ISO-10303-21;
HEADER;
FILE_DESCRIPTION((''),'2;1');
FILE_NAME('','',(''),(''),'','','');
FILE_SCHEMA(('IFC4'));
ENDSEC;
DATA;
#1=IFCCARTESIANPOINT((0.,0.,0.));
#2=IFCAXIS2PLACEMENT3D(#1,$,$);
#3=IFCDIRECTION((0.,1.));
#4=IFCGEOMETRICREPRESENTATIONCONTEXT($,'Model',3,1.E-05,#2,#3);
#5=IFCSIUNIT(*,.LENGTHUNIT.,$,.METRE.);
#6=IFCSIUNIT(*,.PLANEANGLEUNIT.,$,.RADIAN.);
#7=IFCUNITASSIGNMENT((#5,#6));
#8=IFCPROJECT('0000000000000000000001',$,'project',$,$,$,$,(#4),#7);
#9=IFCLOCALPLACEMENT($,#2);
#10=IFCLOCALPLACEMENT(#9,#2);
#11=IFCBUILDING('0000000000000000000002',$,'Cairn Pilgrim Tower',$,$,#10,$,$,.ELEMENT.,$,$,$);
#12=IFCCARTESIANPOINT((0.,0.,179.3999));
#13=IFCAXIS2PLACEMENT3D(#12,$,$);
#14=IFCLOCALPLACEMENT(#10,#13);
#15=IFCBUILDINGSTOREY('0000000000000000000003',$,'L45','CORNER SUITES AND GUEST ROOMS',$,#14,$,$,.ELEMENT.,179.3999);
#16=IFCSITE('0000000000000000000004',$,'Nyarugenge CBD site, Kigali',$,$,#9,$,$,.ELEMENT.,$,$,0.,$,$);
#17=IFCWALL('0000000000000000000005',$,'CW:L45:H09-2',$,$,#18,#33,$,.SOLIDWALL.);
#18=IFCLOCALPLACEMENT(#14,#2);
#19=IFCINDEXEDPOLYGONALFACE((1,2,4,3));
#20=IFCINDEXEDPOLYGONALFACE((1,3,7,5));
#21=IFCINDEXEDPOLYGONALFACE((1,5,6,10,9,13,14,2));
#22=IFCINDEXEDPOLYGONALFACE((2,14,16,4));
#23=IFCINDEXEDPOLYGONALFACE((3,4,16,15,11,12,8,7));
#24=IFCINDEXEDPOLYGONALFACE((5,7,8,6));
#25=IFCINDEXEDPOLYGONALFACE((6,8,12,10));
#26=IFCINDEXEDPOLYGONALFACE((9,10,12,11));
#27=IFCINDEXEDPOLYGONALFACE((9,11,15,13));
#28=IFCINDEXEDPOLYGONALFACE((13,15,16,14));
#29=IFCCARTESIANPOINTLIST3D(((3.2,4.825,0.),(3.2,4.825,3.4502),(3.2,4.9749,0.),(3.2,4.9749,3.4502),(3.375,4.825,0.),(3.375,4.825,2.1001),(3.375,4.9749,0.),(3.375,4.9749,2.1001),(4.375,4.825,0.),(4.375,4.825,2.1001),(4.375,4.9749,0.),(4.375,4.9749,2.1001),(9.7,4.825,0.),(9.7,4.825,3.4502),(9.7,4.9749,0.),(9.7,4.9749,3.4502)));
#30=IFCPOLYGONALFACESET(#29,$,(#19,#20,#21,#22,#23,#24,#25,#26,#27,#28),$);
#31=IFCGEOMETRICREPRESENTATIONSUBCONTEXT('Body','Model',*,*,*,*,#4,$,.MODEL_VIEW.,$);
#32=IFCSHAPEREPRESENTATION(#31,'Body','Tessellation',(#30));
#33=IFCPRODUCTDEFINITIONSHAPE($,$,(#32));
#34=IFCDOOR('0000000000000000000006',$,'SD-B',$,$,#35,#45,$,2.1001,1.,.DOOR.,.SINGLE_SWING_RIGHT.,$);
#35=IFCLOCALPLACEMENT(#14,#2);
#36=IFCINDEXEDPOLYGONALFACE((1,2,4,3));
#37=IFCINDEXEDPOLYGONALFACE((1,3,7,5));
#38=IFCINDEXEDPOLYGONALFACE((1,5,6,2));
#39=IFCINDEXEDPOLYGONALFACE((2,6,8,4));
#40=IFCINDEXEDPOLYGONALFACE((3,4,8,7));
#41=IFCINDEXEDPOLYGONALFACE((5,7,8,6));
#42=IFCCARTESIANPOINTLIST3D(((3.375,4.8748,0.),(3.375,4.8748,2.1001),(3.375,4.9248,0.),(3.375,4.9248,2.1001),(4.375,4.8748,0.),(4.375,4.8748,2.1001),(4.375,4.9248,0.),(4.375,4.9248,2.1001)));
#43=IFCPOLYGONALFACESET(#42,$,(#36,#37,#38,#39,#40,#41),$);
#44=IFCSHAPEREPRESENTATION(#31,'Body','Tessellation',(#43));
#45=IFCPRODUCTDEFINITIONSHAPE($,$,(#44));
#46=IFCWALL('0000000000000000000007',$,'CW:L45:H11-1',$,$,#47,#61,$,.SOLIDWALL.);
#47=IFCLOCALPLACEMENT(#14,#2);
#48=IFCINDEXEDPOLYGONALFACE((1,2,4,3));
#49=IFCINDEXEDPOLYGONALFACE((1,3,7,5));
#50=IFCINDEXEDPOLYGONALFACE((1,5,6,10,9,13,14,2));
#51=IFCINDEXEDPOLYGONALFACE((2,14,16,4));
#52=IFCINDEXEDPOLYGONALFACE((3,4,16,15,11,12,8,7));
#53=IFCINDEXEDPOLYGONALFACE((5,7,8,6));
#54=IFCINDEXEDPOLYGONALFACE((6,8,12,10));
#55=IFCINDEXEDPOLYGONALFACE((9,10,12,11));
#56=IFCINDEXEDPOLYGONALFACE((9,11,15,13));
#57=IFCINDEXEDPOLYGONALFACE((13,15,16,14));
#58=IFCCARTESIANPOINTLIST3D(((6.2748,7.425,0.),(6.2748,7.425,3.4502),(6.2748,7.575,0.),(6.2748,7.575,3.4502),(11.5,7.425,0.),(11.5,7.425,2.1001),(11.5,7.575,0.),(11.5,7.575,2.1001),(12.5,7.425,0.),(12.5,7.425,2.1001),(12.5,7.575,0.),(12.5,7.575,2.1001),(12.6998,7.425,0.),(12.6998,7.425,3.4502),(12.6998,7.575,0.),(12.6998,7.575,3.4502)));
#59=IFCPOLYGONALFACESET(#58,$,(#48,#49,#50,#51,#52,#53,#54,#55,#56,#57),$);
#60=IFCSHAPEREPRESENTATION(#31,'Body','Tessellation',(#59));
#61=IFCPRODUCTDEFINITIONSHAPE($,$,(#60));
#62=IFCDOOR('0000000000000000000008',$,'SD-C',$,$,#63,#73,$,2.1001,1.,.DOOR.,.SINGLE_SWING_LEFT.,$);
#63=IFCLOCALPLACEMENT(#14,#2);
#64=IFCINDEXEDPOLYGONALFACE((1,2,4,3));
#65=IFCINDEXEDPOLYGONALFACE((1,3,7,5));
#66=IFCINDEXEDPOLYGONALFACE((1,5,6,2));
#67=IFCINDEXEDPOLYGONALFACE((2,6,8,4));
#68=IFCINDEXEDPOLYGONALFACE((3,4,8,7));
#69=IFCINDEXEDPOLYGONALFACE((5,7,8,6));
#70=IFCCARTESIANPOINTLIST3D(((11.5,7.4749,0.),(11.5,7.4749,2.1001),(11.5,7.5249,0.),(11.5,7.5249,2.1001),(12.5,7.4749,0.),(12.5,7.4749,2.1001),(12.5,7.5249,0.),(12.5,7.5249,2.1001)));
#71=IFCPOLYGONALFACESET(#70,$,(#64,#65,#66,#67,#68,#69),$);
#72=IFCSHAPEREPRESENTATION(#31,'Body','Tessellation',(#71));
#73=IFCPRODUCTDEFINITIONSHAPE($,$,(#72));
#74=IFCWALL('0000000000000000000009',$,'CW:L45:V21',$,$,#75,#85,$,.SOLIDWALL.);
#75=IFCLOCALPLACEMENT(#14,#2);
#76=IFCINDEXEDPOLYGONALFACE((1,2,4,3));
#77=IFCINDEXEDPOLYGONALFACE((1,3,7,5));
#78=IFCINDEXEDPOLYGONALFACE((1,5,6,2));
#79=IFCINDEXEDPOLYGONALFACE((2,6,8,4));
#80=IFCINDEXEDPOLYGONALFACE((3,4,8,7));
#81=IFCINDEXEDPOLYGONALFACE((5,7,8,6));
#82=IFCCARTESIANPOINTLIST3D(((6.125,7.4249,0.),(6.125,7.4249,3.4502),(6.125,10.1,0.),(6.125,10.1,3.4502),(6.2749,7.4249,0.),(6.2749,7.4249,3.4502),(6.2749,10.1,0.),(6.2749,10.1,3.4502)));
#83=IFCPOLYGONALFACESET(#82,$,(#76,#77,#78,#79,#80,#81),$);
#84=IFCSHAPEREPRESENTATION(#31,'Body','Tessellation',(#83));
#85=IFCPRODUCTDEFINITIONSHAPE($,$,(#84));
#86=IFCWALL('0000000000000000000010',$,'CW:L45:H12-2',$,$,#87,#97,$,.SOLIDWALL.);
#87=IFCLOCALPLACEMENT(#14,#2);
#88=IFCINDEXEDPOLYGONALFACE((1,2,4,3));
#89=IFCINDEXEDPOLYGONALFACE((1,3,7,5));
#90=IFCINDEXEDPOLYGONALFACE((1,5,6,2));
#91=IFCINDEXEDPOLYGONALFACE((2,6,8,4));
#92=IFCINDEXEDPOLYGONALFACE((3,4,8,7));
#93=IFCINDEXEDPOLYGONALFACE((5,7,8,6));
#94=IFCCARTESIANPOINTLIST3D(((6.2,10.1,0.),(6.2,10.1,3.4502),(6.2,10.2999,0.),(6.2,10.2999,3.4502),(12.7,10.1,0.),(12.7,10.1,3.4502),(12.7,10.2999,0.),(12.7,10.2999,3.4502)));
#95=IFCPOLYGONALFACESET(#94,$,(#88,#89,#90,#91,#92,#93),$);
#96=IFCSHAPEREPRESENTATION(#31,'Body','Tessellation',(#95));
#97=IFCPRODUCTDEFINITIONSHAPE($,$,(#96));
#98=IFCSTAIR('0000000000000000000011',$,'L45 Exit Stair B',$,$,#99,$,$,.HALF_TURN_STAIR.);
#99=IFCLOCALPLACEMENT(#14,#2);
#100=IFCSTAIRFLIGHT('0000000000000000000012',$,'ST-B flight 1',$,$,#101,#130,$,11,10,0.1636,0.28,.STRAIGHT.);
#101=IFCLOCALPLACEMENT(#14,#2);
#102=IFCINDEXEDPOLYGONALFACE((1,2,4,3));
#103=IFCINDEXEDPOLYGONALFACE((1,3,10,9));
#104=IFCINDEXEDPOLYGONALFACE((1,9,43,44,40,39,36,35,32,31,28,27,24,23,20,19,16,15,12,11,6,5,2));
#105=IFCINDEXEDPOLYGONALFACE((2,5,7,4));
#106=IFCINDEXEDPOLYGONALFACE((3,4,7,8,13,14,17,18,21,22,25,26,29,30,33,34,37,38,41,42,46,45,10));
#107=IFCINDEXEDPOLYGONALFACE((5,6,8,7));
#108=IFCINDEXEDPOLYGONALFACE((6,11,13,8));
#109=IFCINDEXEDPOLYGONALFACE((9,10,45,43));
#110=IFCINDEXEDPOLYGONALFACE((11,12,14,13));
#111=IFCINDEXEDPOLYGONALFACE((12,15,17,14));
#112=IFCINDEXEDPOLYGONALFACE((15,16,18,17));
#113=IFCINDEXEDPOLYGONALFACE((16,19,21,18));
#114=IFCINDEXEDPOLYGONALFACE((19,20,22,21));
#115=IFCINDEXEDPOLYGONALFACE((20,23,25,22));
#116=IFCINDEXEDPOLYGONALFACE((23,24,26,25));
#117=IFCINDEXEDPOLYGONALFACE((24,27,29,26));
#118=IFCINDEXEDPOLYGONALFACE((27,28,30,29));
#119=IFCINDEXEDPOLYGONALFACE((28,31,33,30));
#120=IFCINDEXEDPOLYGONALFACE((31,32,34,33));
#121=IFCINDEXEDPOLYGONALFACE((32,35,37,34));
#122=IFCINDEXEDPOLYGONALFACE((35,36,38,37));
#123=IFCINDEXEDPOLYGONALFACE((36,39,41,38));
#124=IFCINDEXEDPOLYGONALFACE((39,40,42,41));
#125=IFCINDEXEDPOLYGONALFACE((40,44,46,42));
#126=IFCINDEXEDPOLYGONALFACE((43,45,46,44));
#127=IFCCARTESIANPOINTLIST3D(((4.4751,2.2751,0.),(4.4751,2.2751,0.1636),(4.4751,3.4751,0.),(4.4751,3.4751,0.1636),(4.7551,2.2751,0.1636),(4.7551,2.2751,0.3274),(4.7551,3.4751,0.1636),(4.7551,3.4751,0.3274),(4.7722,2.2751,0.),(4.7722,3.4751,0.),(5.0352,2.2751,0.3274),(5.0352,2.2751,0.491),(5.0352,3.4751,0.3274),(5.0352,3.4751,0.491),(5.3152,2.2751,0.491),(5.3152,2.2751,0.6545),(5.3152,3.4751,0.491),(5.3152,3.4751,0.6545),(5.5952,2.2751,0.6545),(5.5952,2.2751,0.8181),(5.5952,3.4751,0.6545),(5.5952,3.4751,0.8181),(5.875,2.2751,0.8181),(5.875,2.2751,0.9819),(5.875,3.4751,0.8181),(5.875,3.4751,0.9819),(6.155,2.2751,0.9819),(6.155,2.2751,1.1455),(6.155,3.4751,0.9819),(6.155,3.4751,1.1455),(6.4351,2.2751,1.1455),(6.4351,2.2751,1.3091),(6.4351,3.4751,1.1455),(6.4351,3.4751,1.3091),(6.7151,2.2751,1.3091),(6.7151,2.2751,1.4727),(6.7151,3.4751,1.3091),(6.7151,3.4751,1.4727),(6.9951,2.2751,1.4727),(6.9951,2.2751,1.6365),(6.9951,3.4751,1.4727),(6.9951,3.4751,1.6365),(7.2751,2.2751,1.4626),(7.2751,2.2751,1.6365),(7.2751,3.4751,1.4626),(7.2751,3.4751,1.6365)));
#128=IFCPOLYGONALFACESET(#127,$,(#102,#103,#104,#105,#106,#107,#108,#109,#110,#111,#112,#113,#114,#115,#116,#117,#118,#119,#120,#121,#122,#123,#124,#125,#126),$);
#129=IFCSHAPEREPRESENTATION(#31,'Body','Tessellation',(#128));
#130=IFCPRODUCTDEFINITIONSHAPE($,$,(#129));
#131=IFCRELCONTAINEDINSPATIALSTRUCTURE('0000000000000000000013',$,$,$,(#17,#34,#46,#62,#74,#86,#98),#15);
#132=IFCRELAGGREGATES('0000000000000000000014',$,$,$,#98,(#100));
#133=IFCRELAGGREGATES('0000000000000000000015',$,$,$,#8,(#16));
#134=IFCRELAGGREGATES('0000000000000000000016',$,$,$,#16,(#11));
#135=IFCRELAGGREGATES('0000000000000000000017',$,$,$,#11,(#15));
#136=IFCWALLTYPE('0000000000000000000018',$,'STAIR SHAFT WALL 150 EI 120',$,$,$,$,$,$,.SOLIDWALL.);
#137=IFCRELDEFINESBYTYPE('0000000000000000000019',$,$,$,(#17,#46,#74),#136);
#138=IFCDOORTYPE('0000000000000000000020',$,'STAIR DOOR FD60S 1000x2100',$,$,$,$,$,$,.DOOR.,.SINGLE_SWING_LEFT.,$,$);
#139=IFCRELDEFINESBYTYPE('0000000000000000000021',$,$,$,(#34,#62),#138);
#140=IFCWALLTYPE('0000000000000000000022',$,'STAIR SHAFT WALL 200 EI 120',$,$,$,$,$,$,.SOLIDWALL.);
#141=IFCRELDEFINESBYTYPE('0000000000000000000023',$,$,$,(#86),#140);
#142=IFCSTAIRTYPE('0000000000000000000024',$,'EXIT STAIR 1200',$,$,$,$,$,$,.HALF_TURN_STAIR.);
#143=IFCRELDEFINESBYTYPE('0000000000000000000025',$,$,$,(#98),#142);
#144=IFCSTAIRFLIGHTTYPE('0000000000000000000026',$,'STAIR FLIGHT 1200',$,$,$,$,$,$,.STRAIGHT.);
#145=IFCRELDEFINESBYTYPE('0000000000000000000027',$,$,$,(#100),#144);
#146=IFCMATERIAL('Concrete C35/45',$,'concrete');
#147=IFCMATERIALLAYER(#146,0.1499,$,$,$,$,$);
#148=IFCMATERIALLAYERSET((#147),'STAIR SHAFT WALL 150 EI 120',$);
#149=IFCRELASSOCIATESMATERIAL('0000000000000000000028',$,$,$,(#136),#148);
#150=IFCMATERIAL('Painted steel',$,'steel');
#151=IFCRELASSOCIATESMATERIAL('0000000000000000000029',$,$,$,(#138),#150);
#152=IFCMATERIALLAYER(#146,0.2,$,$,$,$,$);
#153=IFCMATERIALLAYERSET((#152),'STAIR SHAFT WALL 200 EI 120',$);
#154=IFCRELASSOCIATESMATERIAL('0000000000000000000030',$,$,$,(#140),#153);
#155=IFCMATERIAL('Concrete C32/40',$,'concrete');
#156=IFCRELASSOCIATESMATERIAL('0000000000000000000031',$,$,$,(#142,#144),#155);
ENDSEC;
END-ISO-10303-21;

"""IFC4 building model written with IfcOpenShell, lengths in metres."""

from ifc_helpers import new_model, si_unit, direction, frame, frame_2d, origin, place, context, subcontext, project, spatial, polyline, rectangle, outline, extrude, material, layer, layer_set, type_object, element, fill, aggregate, save


model = new_model("IFC4")

# Units and contexts
model_context = context("Model", 3, precision=1e-05, world=origin(), true_north=direction((0.0, 1.0)))
body_context = subcontext(model_context, "Body", "Model", "MODEL_VIEW")
ifc_project = project(units=[si_unit("LENGTHUNIT", "METRE"), si_unit("PLANEANGLEUNIT", "RADIAN")], contexts=[model_context])

# Site, building, storey
site_placement = place(None, origin())
site = spatial("IfcSite", under=ifc_project, at=site_placement, Name="Nyarugenge CBD site, Kigali", CompositionType="ELEMENT", RefElevation=0.0)
building_placement = place(site_placement, origin())
building = spatial("IfcBuilding", under=site, at=building_placement, Name="Cairn Pilgrim Tower", CompositionType="ELEMENT")
storey_placement = place(building_placement, frame((0.0, 0.0, 179.3999)))
storey = spatial("IfcBuildingStorey", under=building, at=storey_placement, Name="L45", Description="CORNER SUITES AND GUEST ROOMS", CompositionType="ELEMENT", Elevation=179.3999)

# Shared definitions
ifc_material_1 = material(Name="Concrete C32/40", Category="concrete")

# Walls, openings, doors
ifc_material_2 = material(Name="Concrete C35/45", Category="concrete")
ifc_layer_1 = layer(ifc_material_2, 0.1499)
ifc_layer_set_1 = layer_set([ifc_layer_1], Name="STAIR SHAFT WALL 150 EI 120")
wall_type_1 = type_object("IfcWallType", Name="STAIR SHAFT WALL 150 EI 120", PredefinedType="SOLIDWALL", material=ifc_layer_set_1)
wall_1_placement = place(storey_placement, frame((3.2, 4.8999, 0.0), z_axis=(0.0, 0.0, 1.0), x_axis=(1.0, 0.0, 0.0)))
wall_1 = element("IfcWall", 1, at=wall_1_placement, inside=storey, type_object=wall_type_1, Name="CW:L45:H09-2", PredefinedType="SOLIDWALL", context=body_context, shape_type="SweptSolid", body=[
    extrude(rectangle(XDim=6.5, YDim=0.1499, at=frame_2d((3.25, 0.0))), origin(), (0.0, 0.0, 1.0), 3.4502),
])
opening_1_placement = place(wall_1_placement, frame((0.175, 0.0, 0.0)))
opening_1 = element("IfcOpeningElement", 2, at=opening_1_placement, cuts=wall_1, PredefinedType="OPENING", context=body_context, shape_type="SweptSolid", body=[
    extrude(rectangle(XDim=1.0, YDim=2.1001, at=frame_2d((0.5, 1.05))), frame((0.0, 0.085, 0.0), z_axis=(0.0, -1.0, 0.0), x_axis=(1.0, 0.0, 0.0)), (0.0, 0.0, 1.0), 0.1699),
])
ifc_material_3 = material(Name="Painted steel", Category="steel")
door_type_1 = type_object("IfcDoorType", Name="STAIR DOOR FD60S 1000x2100", OperationType="SINGLE_SWING_LEFT", PredefinedType="DOOR", material=ifc_material_3)
door_1_placement = place(opening_1_placement, origin())
door_1 = element("IfcDoor", 3, at=door_1_placement, inside=storey, type_object=door_type_1, Name="SD-B", OperationType="SINGLE_SWING_RIGHT", OverallHeight=2.1001, OverallWidth=1.0, PredefinedType="DOOR", context=body_context, shape_type="SweptSolid", body=[
    extrude(rectangle(XDim=1.0, YDim=2.1001, at=frame_2d((0.5, 1.05))), frame((0.0, 0.0249, 0.0), z_axis=(0.0, -1.0, 0.0), x_axis=(1.0, 0.0, 0.0)), (0.0, 0.0, 1.0), 0.05),
])
fill(opening_1, door_1)
wall_2_placement = place(storey_placement, frame((6.2749, 7.5, 0.0), z_axis=(0.0, 0.0, 1.0), x_axis=(1.0, 0.0, 0.0)))
wall_2 = element("IfcWall", 4, at=wall_2_placement, inside=storey, type_object=wall_type_1, Name="CW:L45:H11-1", PredefinedType="SOLIDWALL", context=body_context, shape_type="SweptSolid", body=[
    extrude(rectangle(XDim=6.425, YDim=0.1499, at=frame_2d((3.2124, 0.0))), origin(), (0.0, 0.0, 1.0), 3.4502),
])
opening_2_placement = place(wall_2_placement, frame((5.2251, 0.0, 0.0)))
opening_2 = element("IfcOpeningElement", 5, at=opening_2_placement, cuts=wall_2, PredefinedType="OPENING", context=body_context, shape_type="SweptSolid", body=[
    extrude(rectangle(XDim=1.0, YDim=2.1001, at=frame_2d((0.5, 1.05))), frame((0.0, 0.085, 0.0), z_axis=(0.0, -1.0, 0.0), x_axis=(1.0, 0.0, 0.0)), (0.0, 0.0, 1.0), 0.1699),
])
door_2_placement = place(opening_2_placement, origin())
door_2 = element("IfcDoor", 6, at=door_2_placement, inside=storey, type_object=door_type_1, Name="SD-C", OperationType="SINGLE_SWING_LEFT", OverallHeight=2.1001, OverallWidth=1.0, PredefinedType="DOOR", context=body_context, shape_type="SweptSolid", body=[
    extrude(rectangle(XDim=1.0, YDim=2.1001, at=frame_2d((0.5, 1.05))), frame((0.0, 0.0249, 0.0), z_axis=(0.0, -1.0, 0.0), x_axis=(1.0, 0.0, 0.0)), (0.0, 0.0, 1.0), 0.05),
])
fill(opening_2, door_2)

# Walls
wall_3_placement = place(storey_placement, frame((6.2, 7.425, 0.0), z_axis=(0.0, 0.0, 1.0), x_axis=(0.0, 1.0, 0.0)))
element("IfcWall", 7, at=wall_3_placement, inside=storey, type_object=wall_type_1, Name="CW:L45:V21", PredefinedType="SOLIDWALL", context=body_context, shape_type="SweptSolid", body=[
    extrude(rectangle(XDim=2.675, YDim=0.1499, at=frame_2d((1.3374, 0.0))), origin(), (0.0, 0.0, 1.0), 3.4502),
])
ifc_layer_2 = layer(ifc_material_2, 0.2)
ifc_layer_set_2 = layer_set([ifc_layer_2], Name="STAIR SHAFT WALL 200 EI 120")
wall_type_2 = type_object("IfcWallType", Name="STAIR SHAFT WALL 200 EI 120", PredefinedType="SOLIDWALL", material=ifc_layer_set_2)
wall_4_placement = place(storey_placement, frame((6.2, 10.2, 0.0), z_axis=(0.0, 0.0, 1.0), x_axis=(1.0, 0.0, 0.0)))
element("IfcWall", 8, at=wall_4_placement, inside=storey, type_object=wall_type_2, Name="CW:L45:H12-2", PredefinedType="SOLIDWALL", context=body_context, shape_type="SweptSolid", body=[
    extrude(rectangle(XDim=6.5, YDim=0.2, at=frame_2d((3.25, 0.0))), origin(), (0.0, 0.0, 1.0), 3.4502),
])

# Stair, stair flight
stair_type = type_object("IfcStairType", Name="EXIT STAIR 1200", PredefinedType="HALF_TURN_STAIR", material=ifc_material_1)
stair_placement = place(storey_placement, origin())
stair = element("IfcStair", 9, at=stair_placement, inside=storey, type_object=stair_type, Name="L45 Exit Stair B", PredefinedType="HALF_TURN_STAIR")
stair_flight_type = type_object("IfcStairFlightType", Name="STAIR FLIGHT 1200", PredefinedType="STRAIGHT", material=ifc_material_1)
stair_flight_placement = place(storey_placement, frame((4.4751, 2.875, 0.0), z_axis=(0.0, 0.0, 1.0), x_axis=(1.0, 0.0, 0.0)))
stair_flight = element("IfcStairFlight", 10, at=stair_flight_placement, type_object=stair_flight_type, Name="ST-B flight 1", NumberOfRisers=11, NumberOfTreads=10, PredefinedType="STRAIGHT", RiserHeight=0.1636, TreadLength=0.28, context=body_context, shape_type="SweptSolid", body=[
    extrude(outline(polyline([(0.0, 0.0), (0.0, 0.1636), (0.28, 0.1636), (0.28, 0.3274), (0.5601, 0.3274), (0.5601, 0.491), (0.8401, 0.491), (0.8401, 0.6545), (1.1201, 0.6545), (1.1201, 0.8181), (1.3999, 0.8181), (1.3999, 0.9819), (1.6799, 0.9819), (1.6799, 1.1455), (1.96, 1.1455), (1.96, 1.3091), (2.24, 1.3091), (2.24, 1.4727), (2.52, 1.4727), (2.52, 1.6365), (2.8, 1.6365), (2.8, 1.8), (2.8, 1.4626), (0.2971, 0.0), (0.0, 0.0)])), frame((0.0, 0.6001, 0.0), z_axis=(0.0, -1.0, 0.0), x_axis=(1.0, 0.0, 0.0)), (0.0, 0.0, 1.0), 1.2),
])
aggregate(stair, [stair_flight])

save(model, "model.ifc")
